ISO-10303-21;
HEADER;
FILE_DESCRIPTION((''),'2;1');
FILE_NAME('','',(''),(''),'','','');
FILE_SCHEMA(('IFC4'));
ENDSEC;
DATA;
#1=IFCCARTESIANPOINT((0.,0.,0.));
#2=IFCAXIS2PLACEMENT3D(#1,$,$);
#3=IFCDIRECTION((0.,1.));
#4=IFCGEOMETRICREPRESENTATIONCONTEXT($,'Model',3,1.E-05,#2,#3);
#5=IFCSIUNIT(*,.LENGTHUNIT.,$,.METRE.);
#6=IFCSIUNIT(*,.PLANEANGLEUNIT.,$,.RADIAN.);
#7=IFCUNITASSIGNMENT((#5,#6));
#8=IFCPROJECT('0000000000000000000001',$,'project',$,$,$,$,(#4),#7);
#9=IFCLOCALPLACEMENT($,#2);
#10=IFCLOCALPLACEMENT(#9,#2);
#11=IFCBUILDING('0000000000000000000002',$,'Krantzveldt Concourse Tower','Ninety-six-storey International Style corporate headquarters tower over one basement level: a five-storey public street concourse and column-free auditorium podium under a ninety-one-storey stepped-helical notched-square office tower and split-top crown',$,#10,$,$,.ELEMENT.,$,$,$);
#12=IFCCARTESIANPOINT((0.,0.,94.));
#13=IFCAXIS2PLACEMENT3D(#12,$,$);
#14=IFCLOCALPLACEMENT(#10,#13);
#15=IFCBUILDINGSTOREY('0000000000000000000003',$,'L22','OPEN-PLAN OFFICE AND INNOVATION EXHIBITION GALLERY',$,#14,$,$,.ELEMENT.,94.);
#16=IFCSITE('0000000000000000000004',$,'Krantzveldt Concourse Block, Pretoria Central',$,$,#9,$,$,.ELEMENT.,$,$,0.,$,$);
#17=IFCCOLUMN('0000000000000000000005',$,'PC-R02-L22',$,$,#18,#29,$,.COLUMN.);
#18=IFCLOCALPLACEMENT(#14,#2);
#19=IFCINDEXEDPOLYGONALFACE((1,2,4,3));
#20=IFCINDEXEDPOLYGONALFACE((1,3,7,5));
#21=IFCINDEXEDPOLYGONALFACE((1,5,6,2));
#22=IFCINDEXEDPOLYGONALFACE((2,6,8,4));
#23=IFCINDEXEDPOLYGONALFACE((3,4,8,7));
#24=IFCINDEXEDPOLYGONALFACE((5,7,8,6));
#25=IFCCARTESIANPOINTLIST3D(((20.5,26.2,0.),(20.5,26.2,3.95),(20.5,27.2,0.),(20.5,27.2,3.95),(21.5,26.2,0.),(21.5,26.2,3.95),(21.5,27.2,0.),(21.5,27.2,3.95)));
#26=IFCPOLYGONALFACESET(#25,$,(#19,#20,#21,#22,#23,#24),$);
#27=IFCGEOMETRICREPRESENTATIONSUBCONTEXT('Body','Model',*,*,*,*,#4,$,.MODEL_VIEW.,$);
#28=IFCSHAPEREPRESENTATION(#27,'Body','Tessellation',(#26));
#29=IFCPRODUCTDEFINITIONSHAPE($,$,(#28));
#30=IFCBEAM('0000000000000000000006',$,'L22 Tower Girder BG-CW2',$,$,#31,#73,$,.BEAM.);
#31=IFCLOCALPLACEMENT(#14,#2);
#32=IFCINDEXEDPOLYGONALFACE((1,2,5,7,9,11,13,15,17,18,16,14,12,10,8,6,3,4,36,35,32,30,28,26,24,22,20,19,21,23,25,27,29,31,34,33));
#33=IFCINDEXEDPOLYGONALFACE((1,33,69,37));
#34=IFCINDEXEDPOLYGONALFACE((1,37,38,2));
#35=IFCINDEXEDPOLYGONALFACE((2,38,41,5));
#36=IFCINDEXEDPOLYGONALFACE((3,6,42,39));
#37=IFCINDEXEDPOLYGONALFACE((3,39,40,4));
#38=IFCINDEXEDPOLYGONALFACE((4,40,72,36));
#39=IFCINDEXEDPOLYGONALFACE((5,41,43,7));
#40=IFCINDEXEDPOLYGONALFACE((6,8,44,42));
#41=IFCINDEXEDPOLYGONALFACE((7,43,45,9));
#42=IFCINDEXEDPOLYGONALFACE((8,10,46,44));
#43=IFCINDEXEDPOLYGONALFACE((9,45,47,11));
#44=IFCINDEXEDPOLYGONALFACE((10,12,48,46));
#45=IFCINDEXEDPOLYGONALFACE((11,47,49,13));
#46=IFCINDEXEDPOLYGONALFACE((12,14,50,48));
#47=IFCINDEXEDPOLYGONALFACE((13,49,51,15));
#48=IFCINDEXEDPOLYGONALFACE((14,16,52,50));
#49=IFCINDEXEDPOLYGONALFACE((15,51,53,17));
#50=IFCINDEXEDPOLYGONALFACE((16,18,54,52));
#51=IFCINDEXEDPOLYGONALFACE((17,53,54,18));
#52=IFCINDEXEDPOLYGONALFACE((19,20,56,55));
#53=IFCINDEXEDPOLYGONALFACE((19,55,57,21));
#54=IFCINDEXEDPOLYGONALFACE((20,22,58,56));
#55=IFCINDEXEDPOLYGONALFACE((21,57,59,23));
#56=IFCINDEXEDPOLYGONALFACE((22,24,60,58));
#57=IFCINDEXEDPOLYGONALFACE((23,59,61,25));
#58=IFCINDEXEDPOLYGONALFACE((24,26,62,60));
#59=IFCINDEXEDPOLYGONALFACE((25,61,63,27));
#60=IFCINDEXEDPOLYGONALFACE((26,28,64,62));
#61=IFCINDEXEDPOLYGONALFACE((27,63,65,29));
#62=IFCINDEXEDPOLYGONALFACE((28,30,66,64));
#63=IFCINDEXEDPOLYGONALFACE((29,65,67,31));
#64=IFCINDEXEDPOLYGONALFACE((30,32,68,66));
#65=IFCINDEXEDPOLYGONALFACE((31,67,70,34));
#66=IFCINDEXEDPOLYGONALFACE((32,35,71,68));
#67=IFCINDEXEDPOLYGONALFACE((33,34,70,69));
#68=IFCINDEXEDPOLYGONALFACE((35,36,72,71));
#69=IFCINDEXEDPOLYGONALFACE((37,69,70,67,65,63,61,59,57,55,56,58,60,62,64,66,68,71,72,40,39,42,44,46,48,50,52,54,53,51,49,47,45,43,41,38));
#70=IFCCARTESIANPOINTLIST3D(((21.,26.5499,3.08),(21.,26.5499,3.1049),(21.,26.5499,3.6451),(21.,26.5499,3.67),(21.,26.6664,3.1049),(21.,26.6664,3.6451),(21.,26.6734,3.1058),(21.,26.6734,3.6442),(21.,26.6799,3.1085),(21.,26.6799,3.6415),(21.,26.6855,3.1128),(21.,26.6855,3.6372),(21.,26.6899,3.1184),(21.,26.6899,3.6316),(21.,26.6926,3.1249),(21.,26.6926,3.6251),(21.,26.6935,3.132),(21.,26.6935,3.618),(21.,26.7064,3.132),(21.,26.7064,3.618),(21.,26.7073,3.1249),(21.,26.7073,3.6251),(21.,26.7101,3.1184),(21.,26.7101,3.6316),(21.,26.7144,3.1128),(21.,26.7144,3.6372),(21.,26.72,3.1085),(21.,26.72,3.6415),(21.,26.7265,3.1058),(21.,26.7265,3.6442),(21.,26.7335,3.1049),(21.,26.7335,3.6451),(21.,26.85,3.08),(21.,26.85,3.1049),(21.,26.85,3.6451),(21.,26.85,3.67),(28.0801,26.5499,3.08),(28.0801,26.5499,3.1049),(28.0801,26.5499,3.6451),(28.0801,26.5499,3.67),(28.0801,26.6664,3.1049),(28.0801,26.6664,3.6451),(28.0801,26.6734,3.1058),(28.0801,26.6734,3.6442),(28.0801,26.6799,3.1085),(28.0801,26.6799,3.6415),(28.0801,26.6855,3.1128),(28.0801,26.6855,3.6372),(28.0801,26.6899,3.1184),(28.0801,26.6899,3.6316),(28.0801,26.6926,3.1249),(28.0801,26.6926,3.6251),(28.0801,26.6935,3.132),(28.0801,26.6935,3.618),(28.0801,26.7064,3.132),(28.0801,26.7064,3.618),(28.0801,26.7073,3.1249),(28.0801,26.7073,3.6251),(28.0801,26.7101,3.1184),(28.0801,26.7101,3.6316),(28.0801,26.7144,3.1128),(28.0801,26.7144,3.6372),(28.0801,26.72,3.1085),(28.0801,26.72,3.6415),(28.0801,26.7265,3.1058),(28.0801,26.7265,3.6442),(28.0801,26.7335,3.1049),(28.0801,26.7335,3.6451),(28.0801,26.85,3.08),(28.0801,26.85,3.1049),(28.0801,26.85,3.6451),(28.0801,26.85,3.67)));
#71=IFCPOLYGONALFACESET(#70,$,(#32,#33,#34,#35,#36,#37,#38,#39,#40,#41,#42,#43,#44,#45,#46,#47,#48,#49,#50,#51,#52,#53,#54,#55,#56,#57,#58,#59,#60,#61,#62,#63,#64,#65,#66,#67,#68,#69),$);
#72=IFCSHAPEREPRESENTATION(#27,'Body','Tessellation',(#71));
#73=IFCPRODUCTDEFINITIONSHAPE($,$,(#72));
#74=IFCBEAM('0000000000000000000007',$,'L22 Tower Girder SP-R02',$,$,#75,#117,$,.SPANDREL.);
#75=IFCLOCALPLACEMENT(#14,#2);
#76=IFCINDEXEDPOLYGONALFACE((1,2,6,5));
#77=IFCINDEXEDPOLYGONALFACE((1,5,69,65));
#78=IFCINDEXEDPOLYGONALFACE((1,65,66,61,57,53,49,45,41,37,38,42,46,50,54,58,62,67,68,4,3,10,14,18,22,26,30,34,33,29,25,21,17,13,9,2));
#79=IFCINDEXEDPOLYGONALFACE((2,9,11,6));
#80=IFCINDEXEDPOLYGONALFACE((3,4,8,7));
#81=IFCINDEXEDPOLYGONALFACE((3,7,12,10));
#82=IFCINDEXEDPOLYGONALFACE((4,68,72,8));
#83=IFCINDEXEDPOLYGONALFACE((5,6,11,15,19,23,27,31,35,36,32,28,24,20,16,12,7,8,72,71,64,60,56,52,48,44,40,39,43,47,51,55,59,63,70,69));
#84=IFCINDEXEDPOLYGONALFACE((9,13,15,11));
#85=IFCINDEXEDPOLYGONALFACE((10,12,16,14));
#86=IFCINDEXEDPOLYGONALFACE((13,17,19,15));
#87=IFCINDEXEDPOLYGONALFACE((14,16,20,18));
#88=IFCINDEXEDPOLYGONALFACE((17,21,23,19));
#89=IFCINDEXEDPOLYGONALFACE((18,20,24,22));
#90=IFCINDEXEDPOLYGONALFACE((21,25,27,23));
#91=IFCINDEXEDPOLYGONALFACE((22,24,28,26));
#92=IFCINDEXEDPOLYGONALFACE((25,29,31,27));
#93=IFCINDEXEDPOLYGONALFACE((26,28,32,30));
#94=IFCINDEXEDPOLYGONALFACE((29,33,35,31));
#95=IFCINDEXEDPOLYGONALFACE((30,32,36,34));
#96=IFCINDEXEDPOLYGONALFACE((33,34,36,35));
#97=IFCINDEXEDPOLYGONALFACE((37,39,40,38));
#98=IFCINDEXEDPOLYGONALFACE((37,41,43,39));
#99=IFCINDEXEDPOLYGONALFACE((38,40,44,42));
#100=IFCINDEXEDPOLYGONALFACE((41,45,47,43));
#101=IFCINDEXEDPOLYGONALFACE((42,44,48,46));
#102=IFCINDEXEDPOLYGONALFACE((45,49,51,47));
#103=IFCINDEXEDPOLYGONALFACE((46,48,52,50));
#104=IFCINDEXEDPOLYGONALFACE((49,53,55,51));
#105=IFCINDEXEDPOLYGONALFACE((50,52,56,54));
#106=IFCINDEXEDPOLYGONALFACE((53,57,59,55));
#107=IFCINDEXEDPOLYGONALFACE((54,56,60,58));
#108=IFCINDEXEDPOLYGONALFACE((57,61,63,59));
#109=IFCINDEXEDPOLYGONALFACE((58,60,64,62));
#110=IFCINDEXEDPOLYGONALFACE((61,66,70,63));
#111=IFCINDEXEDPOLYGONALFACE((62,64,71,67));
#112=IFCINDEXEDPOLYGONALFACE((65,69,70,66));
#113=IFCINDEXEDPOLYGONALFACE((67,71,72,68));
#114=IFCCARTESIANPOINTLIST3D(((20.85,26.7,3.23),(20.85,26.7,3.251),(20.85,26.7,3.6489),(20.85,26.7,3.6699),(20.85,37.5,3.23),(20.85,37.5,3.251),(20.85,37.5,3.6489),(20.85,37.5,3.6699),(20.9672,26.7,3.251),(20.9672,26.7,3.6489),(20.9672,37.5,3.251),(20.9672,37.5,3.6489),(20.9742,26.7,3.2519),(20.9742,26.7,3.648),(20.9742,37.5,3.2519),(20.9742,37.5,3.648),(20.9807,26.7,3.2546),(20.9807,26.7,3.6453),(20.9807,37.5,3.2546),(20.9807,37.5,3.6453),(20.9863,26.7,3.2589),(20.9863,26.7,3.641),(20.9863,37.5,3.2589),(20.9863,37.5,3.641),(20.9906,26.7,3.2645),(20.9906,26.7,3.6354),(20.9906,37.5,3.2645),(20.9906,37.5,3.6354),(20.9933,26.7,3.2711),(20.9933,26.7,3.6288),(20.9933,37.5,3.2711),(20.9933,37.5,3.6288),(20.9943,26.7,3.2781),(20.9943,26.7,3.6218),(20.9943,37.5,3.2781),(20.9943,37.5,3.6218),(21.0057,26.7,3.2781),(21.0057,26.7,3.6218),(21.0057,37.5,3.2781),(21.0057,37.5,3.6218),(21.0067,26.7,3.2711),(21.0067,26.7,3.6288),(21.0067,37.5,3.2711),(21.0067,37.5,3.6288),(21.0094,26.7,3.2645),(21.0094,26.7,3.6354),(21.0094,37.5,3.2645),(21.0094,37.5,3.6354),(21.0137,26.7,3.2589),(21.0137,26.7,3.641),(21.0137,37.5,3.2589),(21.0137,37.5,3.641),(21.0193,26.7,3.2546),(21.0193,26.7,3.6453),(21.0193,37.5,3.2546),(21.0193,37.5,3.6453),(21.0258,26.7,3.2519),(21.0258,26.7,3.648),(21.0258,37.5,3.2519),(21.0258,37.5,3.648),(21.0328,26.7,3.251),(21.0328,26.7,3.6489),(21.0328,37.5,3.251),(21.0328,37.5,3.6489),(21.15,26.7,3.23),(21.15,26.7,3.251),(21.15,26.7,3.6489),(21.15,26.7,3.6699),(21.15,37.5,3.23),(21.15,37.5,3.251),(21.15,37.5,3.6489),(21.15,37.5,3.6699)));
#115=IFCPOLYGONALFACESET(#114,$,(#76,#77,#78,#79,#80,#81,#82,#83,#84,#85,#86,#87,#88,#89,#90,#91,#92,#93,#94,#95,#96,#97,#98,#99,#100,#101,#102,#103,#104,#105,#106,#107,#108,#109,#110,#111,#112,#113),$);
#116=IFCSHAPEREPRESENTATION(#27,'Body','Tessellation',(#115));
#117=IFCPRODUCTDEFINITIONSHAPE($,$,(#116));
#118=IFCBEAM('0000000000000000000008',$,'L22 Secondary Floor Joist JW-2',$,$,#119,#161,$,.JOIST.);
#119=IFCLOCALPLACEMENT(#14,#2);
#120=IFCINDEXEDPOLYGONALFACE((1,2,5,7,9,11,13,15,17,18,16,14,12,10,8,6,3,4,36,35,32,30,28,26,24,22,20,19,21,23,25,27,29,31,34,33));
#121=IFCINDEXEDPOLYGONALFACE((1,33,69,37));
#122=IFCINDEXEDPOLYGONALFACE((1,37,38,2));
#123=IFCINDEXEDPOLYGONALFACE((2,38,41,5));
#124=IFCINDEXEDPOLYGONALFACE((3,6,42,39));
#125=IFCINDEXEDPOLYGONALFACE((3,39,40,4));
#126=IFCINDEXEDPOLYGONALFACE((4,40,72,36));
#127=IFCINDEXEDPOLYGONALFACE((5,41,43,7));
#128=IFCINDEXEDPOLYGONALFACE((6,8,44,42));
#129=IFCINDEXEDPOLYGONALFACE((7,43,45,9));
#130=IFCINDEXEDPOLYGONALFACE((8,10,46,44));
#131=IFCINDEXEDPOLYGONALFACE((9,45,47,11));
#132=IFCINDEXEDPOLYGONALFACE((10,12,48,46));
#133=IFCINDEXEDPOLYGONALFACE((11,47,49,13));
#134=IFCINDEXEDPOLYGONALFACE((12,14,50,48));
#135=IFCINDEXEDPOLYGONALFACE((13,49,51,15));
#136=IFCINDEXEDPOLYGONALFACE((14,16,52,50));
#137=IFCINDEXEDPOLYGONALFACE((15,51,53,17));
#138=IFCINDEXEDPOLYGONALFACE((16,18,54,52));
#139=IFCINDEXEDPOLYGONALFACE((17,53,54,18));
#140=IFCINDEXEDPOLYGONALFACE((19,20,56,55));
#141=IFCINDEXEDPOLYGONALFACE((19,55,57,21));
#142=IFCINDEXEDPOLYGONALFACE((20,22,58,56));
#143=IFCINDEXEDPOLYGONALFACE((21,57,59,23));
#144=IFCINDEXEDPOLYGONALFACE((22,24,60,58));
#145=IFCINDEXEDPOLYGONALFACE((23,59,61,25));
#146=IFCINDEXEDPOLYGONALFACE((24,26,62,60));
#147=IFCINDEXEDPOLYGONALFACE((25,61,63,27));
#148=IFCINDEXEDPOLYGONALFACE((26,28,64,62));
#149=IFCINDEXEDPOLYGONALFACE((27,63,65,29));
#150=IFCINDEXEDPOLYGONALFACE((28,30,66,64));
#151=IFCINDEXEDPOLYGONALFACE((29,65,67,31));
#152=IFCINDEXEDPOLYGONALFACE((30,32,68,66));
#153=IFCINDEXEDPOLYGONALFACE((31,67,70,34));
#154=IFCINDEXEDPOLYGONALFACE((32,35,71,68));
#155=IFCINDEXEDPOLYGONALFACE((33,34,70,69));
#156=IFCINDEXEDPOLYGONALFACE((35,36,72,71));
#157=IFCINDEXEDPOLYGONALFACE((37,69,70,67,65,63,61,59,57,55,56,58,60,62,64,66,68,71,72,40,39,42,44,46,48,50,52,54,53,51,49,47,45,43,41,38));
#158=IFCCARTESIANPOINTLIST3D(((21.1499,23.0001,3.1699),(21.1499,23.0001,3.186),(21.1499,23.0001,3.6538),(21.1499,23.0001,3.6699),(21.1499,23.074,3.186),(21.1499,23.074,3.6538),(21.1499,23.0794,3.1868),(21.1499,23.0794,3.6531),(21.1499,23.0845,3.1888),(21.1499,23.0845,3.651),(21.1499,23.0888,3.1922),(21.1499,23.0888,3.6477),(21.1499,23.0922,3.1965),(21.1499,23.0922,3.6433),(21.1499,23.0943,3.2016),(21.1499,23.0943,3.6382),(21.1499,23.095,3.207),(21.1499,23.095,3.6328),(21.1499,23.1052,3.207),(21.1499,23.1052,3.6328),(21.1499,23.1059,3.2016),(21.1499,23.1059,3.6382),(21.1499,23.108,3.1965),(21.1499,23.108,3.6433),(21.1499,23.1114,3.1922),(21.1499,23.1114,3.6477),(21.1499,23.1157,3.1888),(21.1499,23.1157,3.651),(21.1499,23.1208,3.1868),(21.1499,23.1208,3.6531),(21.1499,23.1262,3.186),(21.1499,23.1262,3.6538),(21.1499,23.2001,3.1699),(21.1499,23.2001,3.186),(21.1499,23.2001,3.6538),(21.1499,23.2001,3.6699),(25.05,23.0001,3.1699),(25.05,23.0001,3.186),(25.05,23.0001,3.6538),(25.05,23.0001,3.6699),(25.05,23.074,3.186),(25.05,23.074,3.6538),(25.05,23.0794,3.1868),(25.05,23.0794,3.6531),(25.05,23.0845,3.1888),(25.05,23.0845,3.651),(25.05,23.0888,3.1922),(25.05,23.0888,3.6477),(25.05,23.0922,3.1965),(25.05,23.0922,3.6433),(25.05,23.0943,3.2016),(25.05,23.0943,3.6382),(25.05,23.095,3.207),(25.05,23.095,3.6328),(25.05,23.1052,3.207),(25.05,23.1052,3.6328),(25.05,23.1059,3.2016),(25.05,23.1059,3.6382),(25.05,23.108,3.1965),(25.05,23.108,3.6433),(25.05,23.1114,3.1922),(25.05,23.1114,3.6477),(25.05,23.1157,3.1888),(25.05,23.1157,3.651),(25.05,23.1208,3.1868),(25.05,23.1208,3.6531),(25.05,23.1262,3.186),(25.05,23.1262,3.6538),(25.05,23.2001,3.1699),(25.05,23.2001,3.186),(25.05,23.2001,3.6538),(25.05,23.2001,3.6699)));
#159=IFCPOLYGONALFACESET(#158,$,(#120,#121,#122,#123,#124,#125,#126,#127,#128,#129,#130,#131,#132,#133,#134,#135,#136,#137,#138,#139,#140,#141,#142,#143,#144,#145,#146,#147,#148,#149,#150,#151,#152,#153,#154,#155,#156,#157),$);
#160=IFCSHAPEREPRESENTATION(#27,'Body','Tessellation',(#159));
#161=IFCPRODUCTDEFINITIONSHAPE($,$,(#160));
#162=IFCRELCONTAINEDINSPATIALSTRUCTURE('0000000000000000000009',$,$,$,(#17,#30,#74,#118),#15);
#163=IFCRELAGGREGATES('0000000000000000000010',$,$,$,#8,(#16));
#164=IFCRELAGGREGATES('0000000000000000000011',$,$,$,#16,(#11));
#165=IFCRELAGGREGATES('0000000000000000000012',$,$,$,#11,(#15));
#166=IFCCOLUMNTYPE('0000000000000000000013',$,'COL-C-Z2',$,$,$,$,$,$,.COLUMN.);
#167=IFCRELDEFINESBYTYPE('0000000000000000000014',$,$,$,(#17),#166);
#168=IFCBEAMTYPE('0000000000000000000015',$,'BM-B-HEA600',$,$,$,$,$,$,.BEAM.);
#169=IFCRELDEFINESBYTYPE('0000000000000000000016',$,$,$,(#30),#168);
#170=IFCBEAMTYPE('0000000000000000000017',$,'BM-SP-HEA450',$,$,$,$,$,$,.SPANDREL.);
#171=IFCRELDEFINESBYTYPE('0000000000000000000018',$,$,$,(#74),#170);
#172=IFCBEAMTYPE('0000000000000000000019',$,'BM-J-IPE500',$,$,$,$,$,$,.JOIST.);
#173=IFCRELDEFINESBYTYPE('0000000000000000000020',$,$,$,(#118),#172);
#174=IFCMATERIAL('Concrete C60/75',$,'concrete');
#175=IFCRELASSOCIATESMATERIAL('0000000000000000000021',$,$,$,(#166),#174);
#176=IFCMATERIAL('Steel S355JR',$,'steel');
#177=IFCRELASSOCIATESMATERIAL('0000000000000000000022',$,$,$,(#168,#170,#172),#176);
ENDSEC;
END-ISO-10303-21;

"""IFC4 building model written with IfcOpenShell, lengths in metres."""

from ifc_helpers import new_model, si_unit, direction, frame, origin, origin_2d, place, context, subcontext, project, spatial, rectangle, i_section, extrude, source, transform, mapped, material, material_profile, profile_set, type_object, type_shapes, element, save


model = new_model("IFC4")

# Units and contexts
model_context = context("Model", 3, precision=1e-05, world=origin(), true_north=direction((0.0, 1.0)))
body_context = subcontext(model_context, "Body", "Model", "MODEL_VIEW")
ifc_project = project(units=[si_unit("LENGTHUNIT", "METRE"), si_unit("PLANEANGLEUNIT", "RADIAN")], contexts=[model_context])

# Site, building, storey
site_placement = place(None, origin())
site = spatial("IfcSite", under=ifc_project, at=site_placement, Name="Krantzveldt Concourse Block, Pretoria Central", CompositionType="ELEMENT", RefElevation=0.0)
building_placement = place(site_placement, origin())
building = spatial("IfcBuilding", under=site, at=building_placement, Name="Krantzveldt Concourse Tower", Description="Ninety-six-storey International Style corporate headquarters tower over one basement level: a five-storey public street concourse and column-free auditorium podium under a ninety-one-storey stepped-helical notched-square office tower and split-top crown", CompositionType="ELEMENT")
storey_placement = place(building_placement, frame((0.0, 0.0, 94.0)))
storey = spatial("IfcBuildingStorey", under=building, at=storey_placement, Name="L22", Description="OPEN-PLAN OFFICE AND INNOVATION EXHIBITION GALLERY", CompositionType="ELEMENT", Elevation=94.0)

# Column
ifc_material_1 = material(Name="Concrete C60/75", Category="concrete")
ifc_material_profile_1 = material_profile(ifc_material_1, rectangle(XDim=1.0, YDim=1.0, at=origin_2d()), Name="Concrete C60/75", Category="concrete")
ifc_profile_set_1 = profile_set([ifc_material_profile_1], Name="Concrete C60/75 - RC 1000x1000")
column_type = type_object("IfcColumnType", Name="COL-C-Z2", PredefinedType="COLUMN", material=ifc_profile_set_1)
shared_shape_1 = source(origin(), body_context, "Body", "SweptSolid", [
    extrude(rectangle(XDim=1.0, YDim=1.0, at=origin_2d()), origin(), (0.0, 0.0, 1.0), 3.95),
])
type_shapes(column_type, [shared_shape_1])
column_placement = place(storey_placement, frame((21.0, 26.7, 0.0), z_axis=(0.0, 0.0, 1.0), x_axis=(1.0, 0.0, 0.0)))
element("IfcColumn", 1, at=column_placement, inside=storey, type_object=column_type, Name="PC-R02-L22", PredefinedType="COLUMN", context=body_context, shape_type="MappedRepresentation", body=[
    mapped(shared_shape_1, transform((0.0, 0.0, 0.0), x_axis=(1.0, 0.0, 0.0), y_axis=(0.0, 1.0, 0.0), z_axis=(0.0, 0.0, 1.0), scale=1.0)),
])

# Beams
ifc_material_2 = material(Name="Steel S355JR", Category="steel")
ifc_material_profile_2 = material_profile(ifc_material_2, i_section(OverallWidth=0.3, OverallDepth=0.5901, WebThickness=0.0129, FlangeThickness=0.0249, FilletRadius=0.0271, at=origin_2d()), Name="Steel S355JR", Category="steel")
ifc_profile_set_2 = profile_set([ifc_material_profile_2], Name="Steel S355JR - HEA 600")
beam_type_1 = type_object("IfcBeamType", Name="BM-B-HEA600", PredefinedType="BEAM", material=ifc_profile_set_2)
shared_shape_2 = source(origin(), body_context, "Body", "SweptSolid", [
    extrude(i_section(OverallWidth=0.3, OverallDepth=0.5901, WebThickness=0.0129, FlangeThickness=0.0249, FilletRadius=0.0271, at=origin_2d()), origin(), (0.0, 0.0, 1.0), 7.0801),
])
type_shapes(beam_type_1, [shared_shape_2])
beam_1_placement = place(storey_placement, frame((21.0, 26.7, 3.375), z_axis=(1.0, 0.0, 0.0), x_axis=(0.0, 1.0, 0.0)))
element("IfcBeam", 2, at=beam_1_placement, inside=storey, type_object=beam_type_1, Name="L22 Tower Girder BG-CW2", PredefinedType="BEAM", context=body_context, shape_type="MappedRepresentation", body=[
    mapped(shared_shape_2, transform((0.0, 0.0, 0.0), x_axis=(1.0, 0.0, 0.0), y_axis=(0.0, 1.0, 0.0), z_axis=(0.0, 0.0, 1.0), scale=1.0)),
])
ifc_material_profile_3 = material_profile(ifc_material_2, i_section(OverallWidth=0.3, OverallDepth=0.4399, WebThickness=0.0115, FlangeThickness=0.021, FilletRadius=0.0271, at=origin_2d()), Name="Steel S355JR", Category="steel")
ifc_profile_set_3 = profile_set([ifc_material_profile_3], Name="Steel S355JR - HEA 450")
beam_type_2 = type_object("IfcBeamType", Name="BM-SP-HEA450", PredefinedType="SPANDREL", material=ifc_profile_set_3)
shared_shape_3 = source(origin(), body_context, "Body", "SweptSolid", [
    extrude(i_section(OverallWidth=0.3, OverallDepth=0.4399, WebThickness=0.0115, FlangeThickness=0.021, FilletRadius=0.0271, at=origin_2d()), origin(), (0.0, 0.0, 1.0), 10.8),
])
type_shapes(beam_type_2, [shared_shape_3])
beam_2_placement = place(storey_placement, frame((21.0, 26.7, 3.45), z_axis=(0.0, 1.0, 0.0), x_axis=(-1.0, 0.0, 0.0)))
element("IfcBeam", 3, at=beam_2_placement, inside=storey, type_object=beam_type_2, Name="L22 Tower Girder SP-R02", PredefinedType="SPANDREL", context=body_context, shape_type="MappedRepresentation", body=[
    mapped(shared_shape_3, transform((0.0, 0.0, 0.0), x_axis=(1.0, 0.0, 0.0), y_axis=(0.0, 1.0, 0.0), z_axis=(0.0, 0.0, 1.0), scale=1.0)),
])
ifc_material_profile_4 = material_profile(ifc_material_2, i_section(OverallWidth=0.2, OverallDepth=0.5, WebThickness=0.0103, FlangeThickness=0.0161, FilletRadius=0.021, at=origin_2d()), Name="Steel S355JR", Category="steel")
ifc_profile_set_4 = profile_set([ifc_material_profile_4], Name="Steel S355JR - IPE 500")
beam_type_3 = type_object("IfcBeamType", Name="BM-J-IPE500", PredefinedType="JOIST", material=ifc_profile_set_4)
shared_shape_4 = source(origin(), body_context, "Body", "SweptSolid", [
    extrude(i_section(OverallWidth=0.2, OverallDepth=0.5, WebThickness=0.0103, FlangeThickness=0.0161, FilletRadius=0.021, at=origin_2d()), origin(), (0.0, 0.0, 1.0), 3.9001),
])
type_shapes(beam_type_3, [shared_shape_4])
for number, where, z_axis, x_axis, name in (
    (4, (21.1499, 23.1001, 3.4199), (1.0, 0.0, 0.0), (0.0, 1.0, 0.0), "L22 Secondary Floor Joist JW-2"),
):
    element("IfcBeam", number, at=place(storey_placement, frame(where, z_axis=z_axis, x_axis=x_axis)), inside=storey, type_object=beam_type_3, Name=name, PredefinedType="JOIST", context=body_context, shape_type="MappedRepresentation", body=[
        mapped(shared_shape_4, transform((0.0, 0.0, 0.0), x_axis=(1.0, 0.0, 0.0), y_axis=(0.0, 1.0, 0.0), z_axis=(0.0, 0.0, 1.0), scale=1.0)),
    ])

save(model, "model.ifc")
